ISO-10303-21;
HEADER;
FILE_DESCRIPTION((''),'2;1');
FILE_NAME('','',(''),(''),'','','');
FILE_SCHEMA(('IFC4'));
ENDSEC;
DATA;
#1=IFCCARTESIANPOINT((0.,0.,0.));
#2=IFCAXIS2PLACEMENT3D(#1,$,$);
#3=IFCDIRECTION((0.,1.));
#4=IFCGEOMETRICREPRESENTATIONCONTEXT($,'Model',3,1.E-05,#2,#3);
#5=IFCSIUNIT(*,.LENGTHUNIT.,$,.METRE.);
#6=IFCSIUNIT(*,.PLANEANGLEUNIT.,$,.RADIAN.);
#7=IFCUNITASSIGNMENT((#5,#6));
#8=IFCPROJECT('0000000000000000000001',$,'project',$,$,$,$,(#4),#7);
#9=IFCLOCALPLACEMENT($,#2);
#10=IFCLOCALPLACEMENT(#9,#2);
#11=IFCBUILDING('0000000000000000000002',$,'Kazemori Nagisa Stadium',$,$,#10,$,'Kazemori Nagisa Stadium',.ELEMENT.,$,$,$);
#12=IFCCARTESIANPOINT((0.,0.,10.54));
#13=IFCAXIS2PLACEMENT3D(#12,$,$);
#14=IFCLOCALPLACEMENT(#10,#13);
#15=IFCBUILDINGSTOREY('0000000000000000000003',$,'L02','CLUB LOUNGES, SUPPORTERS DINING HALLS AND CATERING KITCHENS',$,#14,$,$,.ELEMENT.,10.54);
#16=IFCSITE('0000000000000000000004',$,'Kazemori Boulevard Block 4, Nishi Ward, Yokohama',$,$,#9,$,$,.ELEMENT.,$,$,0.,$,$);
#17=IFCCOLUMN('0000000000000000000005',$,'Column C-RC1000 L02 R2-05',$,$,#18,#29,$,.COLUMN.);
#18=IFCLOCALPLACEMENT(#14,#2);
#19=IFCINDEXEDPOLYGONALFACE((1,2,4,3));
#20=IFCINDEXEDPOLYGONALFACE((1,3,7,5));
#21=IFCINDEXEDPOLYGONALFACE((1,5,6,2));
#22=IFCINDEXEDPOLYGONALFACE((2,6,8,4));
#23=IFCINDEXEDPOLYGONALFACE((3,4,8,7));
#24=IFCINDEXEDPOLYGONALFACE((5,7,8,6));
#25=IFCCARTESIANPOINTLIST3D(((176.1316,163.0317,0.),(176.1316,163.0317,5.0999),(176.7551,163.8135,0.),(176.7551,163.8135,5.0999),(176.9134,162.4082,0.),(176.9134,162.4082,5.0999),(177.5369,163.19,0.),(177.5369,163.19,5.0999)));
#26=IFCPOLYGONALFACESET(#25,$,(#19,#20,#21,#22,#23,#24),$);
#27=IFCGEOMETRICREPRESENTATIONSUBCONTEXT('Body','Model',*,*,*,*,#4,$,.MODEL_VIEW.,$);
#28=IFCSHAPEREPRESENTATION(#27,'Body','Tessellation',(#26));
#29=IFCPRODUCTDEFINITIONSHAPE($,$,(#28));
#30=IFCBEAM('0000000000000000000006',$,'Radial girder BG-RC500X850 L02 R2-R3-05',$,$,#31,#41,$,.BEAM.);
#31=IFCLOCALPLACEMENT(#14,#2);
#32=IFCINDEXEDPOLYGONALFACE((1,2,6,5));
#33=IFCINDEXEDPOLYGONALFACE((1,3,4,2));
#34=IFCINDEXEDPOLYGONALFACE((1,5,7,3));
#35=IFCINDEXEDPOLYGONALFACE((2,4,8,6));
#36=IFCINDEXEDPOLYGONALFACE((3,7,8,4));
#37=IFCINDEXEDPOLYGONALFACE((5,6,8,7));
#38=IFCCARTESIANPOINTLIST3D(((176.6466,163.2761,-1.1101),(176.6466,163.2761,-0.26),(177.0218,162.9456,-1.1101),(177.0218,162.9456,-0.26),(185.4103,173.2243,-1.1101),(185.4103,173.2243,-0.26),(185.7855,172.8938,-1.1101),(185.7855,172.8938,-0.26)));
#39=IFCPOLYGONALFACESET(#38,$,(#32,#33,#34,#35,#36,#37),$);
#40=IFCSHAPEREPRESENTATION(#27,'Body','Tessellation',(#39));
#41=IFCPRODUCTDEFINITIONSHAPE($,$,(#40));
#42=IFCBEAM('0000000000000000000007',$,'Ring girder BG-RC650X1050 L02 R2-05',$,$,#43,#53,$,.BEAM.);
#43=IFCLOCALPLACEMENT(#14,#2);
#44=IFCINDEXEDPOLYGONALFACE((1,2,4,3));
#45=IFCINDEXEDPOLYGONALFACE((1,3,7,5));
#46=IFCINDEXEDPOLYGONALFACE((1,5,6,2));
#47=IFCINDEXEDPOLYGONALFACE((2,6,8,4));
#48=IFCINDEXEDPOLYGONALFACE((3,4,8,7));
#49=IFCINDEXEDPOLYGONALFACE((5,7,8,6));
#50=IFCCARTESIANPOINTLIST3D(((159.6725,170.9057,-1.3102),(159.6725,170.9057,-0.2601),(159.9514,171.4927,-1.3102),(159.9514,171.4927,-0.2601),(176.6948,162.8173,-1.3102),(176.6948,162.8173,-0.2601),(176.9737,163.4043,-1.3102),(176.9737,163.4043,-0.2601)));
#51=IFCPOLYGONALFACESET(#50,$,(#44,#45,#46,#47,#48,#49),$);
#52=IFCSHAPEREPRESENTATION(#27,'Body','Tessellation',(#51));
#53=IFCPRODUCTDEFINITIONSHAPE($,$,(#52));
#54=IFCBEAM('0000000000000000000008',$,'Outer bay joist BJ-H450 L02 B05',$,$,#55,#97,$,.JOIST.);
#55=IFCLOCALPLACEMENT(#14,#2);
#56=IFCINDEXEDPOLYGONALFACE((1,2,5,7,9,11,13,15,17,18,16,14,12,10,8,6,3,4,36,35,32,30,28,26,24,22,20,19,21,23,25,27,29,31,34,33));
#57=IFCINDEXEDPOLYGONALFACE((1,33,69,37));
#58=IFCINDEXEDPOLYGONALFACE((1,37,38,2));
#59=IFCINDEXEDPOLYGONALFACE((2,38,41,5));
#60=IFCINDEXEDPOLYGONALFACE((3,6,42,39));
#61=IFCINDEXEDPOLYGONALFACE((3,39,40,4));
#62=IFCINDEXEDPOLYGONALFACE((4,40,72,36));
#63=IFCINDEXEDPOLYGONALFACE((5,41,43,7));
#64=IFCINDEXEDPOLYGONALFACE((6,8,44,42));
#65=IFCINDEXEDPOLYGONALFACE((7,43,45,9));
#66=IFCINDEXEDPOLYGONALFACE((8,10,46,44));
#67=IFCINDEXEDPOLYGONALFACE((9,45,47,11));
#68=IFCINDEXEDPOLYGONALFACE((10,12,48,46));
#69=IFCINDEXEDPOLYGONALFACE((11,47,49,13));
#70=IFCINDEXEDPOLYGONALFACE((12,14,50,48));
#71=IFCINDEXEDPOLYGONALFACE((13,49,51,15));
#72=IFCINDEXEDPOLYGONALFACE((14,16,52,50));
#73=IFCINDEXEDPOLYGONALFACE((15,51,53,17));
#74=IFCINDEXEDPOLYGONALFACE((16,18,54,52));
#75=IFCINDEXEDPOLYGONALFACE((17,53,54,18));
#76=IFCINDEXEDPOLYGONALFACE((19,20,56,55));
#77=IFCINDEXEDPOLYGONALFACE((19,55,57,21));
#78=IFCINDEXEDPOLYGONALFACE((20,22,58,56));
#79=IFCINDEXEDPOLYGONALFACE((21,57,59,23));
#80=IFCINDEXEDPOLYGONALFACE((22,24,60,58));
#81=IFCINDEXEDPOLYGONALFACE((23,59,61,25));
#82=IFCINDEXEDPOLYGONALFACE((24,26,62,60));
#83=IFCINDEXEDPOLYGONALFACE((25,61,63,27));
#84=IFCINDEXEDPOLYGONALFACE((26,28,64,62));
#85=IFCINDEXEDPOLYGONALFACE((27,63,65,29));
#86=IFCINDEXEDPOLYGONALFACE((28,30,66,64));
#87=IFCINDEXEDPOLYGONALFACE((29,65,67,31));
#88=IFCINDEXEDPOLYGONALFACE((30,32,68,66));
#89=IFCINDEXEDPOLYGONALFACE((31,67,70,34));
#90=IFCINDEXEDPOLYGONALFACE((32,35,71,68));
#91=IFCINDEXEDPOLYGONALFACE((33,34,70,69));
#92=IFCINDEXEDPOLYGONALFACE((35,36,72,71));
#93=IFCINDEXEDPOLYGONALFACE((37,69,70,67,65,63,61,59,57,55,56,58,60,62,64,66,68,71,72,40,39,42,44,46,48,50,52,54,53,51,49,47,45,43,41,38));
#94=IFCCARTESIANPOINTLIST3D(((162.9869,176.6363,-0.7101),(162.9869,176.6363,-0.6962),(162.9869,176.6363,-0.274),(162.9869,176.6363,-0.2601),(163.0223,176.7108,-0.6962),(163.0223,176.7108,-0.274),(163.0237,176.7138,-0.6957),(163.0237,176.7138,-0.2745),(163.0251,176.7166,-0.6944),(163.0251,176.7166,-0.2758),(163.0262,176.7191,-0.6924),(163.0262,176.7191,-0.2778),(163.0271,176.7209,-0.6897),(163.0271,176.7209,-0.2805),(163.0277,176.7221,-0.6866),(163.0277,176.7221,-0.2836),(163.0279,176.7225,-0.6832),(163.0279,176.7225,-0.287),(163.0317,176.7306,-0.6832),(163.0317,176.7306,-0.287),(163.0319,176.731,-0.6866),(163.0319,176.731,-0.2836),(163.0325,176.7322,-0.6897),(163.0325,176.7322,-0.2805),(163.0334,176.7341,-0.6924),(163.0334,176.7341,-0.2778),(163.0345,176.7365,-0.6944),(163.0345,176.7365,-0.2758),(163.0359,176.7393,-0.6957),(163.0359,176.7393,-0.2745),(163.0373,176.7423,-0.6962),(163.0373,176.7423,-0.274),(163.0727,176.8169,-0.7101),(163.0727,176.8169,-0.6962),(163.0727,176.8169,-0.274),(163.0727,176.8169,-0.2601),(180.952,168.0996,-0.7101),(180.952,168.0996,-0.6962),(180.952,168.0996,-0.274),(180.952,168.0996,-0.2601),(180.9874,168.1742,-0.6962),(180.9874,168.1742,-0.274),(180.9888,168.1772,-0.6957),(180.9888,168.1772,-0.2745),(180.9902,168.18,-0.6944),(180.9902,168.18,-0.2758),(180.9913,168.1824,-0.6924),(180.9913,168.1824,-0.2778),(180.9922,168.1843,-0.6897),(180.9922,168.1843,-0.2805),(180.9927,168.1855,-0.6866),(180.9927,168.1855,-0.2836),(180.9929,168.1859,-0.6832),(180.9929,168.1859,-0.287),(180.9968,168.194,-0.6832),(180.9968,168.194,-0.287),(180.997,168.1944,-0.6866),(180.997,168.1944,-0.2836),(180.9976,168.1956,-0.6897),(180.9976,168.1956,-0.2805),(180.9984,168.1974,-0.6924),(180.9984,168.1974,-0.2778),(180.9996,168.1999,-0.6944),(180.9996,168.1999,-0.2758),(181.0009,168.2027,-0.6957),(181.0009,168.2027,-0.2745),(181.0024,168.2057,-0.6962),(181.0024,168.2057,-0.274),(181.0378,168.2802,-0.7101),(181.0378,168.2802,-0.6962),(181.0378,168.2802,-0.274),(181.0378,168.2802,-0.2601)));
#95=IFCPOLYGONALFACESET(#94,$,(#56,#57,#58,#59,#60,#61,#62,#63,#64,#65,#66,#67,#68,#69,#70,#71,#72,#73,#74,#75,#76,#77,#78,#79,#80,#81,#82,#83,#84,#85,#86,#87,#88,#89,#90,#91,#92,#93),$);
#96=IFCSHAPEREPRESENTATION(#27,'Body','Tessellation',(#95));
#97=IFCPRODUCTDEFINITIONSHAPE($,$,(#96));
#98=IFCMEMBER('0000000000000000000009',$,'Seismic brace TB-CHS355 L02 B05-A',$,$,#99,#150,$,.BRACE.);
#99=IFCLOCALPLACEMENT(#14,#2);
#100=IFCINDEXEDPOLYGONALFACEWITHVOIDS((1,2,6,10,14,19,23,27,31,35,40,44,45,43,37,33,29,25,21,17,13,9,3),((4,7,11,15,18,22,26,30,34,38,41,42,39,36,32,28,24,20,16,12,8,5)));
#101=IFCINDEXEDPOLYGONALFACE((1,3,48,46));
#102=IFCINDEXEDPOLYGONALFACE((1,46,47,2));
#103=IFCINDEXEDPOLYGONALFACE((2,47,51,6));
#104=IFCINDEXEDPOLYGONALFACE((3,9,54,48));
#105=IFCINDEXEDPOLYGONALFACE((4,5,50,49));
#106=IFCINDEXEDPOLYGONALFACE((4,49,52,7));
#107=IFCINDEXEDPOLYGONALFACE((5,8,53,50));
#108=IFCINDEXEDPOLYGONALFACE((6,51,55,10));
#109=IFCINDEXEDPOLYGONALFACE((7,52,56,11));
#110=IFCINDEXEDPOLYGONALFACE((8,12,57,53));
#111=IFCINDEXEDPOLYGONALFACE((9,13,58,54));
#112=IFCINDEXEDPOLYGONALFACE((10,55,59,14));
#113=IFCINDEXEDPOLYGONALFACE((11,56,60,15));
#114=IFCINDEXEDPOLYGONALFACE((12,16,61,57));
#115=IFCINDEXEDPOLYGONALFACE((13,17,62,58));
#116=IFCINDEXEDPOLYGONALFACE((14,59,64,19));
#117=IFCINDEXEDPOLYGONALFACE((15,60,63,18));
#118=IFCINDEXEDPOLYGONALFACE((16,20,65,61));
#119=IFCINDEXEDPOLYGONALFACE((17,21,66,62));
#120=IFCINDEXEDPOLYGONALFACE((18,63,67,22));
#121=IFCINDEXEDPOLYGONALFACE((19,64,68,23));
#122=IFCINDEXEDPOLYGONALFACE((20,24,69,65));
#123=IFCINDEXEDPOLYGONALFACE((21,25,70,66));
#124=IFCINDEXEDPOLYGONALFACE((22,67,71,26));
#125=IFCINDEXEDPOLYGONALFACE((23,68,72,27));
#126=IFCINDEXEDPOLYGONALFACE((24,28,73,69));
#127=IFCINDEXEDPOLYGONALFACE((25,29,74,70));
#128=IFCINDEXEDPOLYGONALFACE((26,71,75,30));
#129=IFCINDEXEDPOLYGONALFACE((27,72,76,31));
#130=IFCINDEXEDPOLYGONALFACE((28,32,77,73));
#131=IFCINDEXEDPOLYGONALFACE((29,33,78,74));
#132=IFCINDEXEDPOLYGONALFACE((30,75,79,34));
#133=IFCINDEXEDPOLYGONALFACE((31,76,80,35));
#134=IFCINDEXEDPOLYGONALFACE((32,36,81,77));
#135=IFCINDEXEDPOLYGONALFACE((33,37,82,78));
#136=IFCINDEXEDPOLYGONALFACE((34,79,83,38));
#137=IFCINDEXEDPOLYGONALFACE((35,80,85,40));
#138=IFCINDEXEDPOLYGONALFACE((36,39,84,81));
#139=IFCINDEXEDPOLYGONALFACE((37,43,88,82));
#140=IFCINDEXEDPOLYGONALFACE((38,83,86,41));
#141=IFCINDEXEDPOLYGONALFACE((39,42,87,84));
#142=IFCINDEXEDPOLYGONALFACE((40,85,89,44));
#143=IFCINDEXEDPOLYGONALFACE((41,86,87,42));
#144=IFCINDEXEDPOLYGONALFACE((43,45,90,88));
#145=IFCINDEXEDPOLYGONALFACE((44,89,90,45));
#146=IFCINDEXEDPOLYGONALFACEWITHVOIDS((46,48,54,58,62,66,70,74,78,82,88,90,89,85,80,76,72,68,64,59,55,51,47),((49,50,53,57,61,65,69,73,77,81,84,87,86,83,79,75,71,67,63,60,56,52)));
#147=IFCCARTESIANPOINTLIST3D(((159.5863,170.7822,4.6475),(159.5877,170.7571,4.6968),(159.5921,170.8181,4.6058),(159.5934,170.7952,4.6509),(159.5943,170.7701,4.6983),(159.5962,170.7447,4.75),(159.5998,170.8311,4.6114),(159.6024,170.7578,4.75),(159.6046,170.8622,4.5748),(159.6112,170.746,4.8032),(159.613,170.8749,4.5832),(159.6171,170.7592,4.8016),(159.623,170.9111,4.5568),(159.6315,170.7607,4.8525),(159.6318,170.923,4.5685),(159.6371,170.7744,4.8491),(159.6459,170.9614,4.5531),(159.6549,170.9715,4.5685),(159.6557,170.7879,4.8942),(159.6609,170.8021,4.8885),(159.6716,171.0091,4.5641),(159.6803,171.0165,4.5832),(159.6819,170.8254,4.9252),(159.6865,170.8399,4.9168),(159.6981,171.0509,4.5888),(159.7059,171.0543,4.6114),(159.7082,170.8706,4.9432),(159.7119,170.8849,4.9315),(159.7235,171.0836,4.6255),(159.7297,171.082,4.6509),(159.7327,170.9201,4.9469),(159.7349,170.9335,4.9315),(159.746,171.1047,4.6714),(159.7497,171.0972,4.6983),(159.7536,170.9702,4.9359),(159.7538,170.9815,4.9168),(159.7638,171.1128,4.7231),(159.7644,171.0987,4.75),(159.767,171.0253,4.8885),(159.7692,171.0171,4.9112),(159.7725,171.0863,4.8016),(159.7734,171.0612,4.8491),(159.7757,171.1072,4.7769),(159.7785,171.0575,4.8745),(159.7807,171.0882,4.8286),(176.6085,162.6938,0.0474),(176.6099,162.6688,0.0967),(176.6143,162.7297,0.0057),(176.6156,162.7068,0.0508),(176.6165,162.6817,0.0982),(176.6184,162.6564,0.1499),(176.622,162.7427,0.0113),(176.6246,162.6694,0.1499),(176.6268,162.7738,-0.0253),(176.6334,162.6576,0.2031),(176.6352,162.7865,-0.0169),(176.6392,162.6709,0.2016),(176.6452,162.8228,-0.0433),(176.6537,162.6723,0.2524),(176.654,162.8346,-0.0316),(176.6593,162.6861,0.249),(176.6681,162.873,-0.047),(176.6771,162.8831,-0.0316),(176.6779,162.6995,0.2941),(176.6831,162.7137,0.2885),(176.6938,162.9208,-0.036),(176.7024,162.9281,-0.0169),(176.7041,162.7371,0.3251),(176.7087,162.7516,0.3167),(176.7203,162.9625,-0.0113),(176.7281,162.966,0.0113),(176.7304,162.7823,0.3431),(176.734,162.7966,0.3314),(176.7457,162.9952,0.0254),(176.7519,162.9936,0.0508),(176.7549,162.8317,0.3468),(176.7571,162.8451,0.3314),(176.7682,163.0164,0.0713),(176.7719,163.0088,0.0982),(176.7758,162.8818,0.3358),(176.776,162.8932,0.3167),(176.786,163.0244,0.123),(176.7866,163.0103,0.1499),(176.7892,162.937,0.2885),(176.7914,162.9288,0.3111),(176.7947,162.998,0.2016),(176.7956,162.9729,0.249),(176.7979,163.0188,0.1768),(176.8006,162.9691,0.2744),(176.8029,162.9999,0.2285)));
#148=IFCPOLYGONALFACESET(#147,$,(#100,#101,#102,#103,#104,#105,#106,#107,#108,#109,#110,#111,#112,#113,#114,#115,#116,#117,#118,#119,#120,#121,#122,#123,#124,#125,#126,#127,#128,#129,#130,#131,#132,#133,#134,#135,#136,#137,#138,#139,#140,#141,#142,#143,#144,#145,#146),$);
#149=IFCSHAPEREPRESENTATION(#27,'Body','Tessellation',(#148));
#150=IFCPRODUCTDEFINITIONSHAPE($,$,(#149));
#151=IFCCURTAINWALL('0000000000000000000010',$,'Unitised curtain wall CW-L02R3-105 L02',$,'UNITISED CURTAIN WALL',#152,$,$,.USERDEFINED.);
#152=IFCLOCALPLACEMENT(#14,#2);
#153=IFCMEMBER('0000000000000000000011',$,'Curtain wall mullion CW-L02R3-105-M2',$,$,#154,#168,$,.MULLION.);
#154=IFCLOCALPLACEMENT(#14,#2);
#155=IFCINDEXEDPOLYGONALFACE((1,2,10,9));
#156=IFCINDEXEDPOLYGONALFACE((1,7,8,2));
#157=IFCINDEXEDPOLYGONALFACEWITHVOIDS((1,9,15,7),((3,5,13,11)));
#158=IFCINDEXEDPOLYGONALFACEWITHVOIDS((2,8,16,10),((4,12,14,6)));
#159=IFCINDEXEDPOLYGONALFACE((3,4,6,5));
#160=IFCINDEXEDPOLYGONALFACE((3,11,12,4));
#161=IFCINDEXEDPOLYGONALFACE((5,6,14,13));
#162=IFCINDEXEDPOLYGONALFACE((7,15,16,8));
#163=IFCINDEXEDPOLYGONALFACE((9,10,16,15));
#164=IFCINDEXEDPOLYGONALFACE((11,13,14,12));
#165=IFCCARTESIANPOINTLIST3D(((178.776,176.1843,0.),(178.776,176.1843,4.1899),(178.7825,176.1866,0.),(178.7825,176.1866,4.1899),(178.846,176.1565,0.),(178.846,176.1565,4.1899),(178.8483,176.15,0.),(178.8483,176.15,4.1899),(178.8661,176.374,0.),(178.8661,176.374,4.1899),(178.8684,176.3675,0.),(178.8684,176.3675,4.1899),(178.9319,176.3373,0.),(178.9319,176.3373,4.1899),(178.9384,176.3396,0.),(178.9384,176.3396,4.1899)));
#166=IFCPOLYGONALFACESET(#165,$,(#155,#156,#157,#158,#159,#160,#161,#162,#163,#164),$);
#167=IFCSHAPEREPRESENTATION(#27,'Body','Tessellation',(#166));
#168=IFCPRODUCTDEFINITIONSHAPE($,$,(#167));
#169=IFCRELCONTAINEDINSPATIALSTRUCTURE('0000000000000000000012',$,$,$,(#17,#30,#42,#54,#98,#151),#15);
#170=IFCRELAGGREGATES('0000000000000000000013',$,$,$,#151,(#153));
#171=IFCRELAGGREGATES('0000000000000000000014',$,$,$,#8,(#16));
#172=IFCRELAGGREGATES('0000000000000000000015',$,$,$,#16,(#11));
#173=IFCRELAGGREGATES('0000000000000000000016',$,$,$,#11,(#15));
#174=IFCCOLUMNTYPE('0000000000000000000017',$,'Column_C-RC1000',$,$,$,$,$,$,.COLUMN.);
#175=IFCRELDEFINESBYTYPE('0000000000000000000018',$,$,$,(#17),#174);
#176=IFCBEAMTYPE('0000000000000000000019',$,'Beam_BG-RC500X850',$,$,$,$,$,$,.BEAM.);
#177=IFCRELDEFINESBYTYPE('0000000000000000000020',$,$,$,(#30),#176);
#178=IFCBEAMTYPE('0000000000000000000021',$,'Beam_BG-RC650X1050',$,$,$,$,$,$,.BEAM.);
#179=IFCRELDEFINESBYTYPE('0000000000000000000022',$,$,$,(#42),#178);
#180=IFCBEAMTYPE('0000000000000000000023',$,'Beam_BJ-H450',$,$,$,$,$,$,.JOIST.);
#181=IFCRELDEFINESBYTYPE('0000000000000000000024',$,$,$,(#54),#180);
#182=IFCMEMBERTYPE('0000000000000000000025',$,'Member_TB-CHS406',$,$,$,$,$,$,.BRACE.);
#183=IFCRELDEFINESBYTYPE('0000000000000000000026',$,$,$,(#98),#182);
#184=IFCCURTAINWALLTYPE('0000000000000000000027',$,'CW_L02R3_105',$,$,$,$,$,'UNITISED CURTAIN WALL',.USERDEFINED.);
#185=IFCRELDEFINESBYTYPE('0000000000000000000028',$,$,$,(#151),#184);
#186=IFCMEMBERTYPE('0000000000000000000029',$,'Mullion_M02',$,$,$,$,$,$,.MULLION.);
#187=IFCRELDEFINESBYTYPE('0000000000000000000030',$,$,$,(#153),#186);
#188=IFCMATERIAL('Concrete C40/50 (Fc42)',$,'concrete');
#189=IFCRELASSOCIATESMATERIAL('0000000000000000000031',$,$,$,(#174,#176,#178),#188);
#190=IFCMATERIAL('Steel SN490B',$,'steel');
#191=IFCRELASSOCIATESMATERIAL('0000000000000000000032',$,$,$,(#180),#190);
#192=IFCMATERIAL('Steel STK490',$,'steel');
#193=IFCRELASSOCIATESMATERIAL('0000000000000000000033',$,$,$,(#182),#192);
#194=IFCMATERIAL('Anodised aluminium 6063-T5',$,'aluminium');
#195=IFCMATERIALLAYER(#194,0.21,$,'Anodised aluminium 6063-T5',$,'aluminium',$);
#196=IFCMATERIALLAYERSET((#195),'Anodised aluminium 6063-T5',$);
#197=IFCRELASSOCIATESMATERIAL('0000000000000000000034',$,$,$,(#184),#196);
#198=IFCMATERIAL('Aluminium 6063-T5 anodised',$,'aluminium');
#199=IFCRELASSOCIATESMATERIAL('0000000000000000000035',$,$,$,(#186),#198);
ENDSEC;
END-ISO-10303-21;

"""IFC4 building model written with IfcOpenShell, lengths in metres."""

from ifc_helpers import new_model, si_unit, direction, frame, origin, origin_2d, place, context, subcontext, project, spatial, rectangle, hollow_rectangle, hollow_circle, i_section, extrude, material, layer, layer_set, material_profile, profile_set, type_object, element, aggregate, save


model = new_model("IFC4")

# Units and contexts
model_context = context("Model", 3, precision=1e-05, world=origin(), true_north=direction((0.0, 1.0)))
body_context = subcontext(model_context, "Body", "Model", "MODEL_VIEW")
ifc_project = project(units=[si_unit("LENGTHUNIT", "METRE"), si_unit("PLANEANGLEUNIT", "RADIAN")], contexts=[model_context])

# Site, building, storey
site_placement = place(None, origin())
site = spatial("IfcSite", under=ifc_project, at=site_placement, Name="Kazemori Boulevard Block 4, Nishi Ward, Yokohama", CompositionType="ELEMENT", RefElevation=0.0)
building_placement = place(site_placement, origin())
building = spatial("IfcBuilding", under=site, at=building_placement, Name="Kazemori Nagisa Stadium", LongName="Kazemori Nagisa Stadium", CompositionType="ELEMENT")
storey_placement = place(building_placement, frame((0.0, 0.0, 10.54)))
storey = spatial("IfcBuildingStorey", under=building, at=storey_placement, Name="L02", Description="CLUB LOUNGES, SUPPORTERS DINING HALLS AND CATERING KITCHENS", CompositionType="ELEMENT", Elevation=10.54)

# Column
ifc_material_1 = material(Name="Concrete C40/50 (Fc42)", Category="concrete")
ifc_material_profile_1 = material_profile(ifc_material_1, rectangle(XDim=1.0, YDim=1.0, at=origin_2d()), Name="RC-COL-1000x1000")
ifc_profile_set_1 = profile_set([ifc_material_profile_1], Name="Concrete C40/50 (Fc42)")
column_type = type_object("IfcColumnType", Name="Column_C-RC1000", PredefinedType="COLUMN", material=ifc_profile_set_1)
column_placement = place(storey_placement, frame((176.8342, 163.1108, 0.0), z_axis=(0.0, 0.0, 1.0), x_axis=(0.62349, 0.781831, 0.0)))
element("IfcColumn", 1, at=column_placement, inside=storey, type_object=column_type, Name="Column C-RC1000 L02 R2-05", PredefinedType="COLUMN", context=body_context, shape_type="SweptSolid", body=[
    extrude(rectangle(XDim=1.0, YDim=1.0, at=origin_2d()), origin(), (0.0, 0.0, 1.0), 5.0999),
])

# Beams
ifc_material_profile_2 = material_profile(ifc_material_1, rectangle(XDim=0.5, YDim=0.8501, at=origin_2d()), Name="RC-BM-500x850")
ifc_profile_set_2 = profile_set([ifc_material_profile_2], Name="Concrete C40/50 (Fc42)")
beam_type_1 = type_object("IfcBeamType", Name="Beam_BG-RC500X850", PredefinedType="BEAM", material=ifc_profile_set_2)
beam_1_placement = place(storey_placement, frame((176.8342, 163.1108, -0.6851), z_axis=(0.66102, 0.750369, 0.0), x_axis=(-0.750369, 0.66102, 0.0)))
element("IfcBeam", 2, at=beam_1_placement, inside=storey, type_object=beam_type_1, Name="Radial girder BG-RC500X850 L02 R2-R3-05", PredefinedType="BEAM", context=body_context, shape_type="SweptSolid", body=[
    extrude(rectangle(XDim=0.5, YDim=0.8501, at=origin_2d()), origin(), (0.0, 0.0, 1.0), 13.2578),
])
ifc_material_profile_3 = material_profile(ifc_material_1, rectangle(XDim=0.6499, YDim=1.05, at=origin_2d()), Name="RC-BM-650x1050")
ifc_profile_set_3 = profile_set([ifc_material_profile_3], Name="Concrete C40/50 (Fc42)")
beam_type_2 = type_object("IfcBeamType", Name="Beam_BG-RC650X1050", PredefinedType="BEAM", material=ifc_profile_set_3)
beam_2_placement = place(storey_placement, frame((176.8342, 163.1108, -0.7852), z_axis=(-0.903219, 0.429179, 0.0), x_axis=(-0.429179, -0.903219, 0.0)))
element("IfcBeam", 3, at=beam_2_placement, inside=storey, type_object=beam_type_2, Name="Ring girder BG-RC650X1050 L02 R2-05", PredefinedType="BEAM", context=body_context, shape_type="SweptSolid", body=[
    extrude(rectangle(XDim=0.6499, YDim=1.05, at=origin_2d()), origin(), (0.0, 0.0, 1.0), 18.8462),
])
ifc_material_2 = material(Name="Steel SN490B", Category="steel")
ifc_material_profile_4 = material_profile(ifc_material_2, i_section(OverallWidth=0.2, OverallDepth=0.45, WebThickness=0.009, FlangeThickness=0.0139, FilletRadius=0.0129, at=origin_2d()), Name="H-450x200x9x14")
ifc_profile_set_4 = profile_set([ifc_material_profile_4], Name="Steel SN490B")
beam_type_3 = type_object("IfcBeamType", Name="Beam_BJ-H450", PredefinedType="JOIST", material=ifc_profile_set_4)
beam_3_placement = place(storey_placement, frame((180.9949, 168.1899, -0.4851), z_axis=(-0.903215, 0.429188, 0.0), x_axis=(-0.429188, -0.903215, 0.0)))
element("IfcBeam", 4, at=beam_3_placement, inside=storey, type_object=beam_type_3, Name="Outer bay joist BJ-H450 L02 B05", PredefinedType="JOIST", context=body_context, shape_type="SweptSolid", body=[
    extrude(i_section(OverallWidth=0.2, OverallDepth=0.45, WebThickness=0.009, FlangeThickness=0.0139, FilletRadius=0.0129, at=origin_2d()), origin(), (0.0, 0.0, 1.0), 19.8901),
])

# Member
ifc_material_3 = material(Name="Steel STK490", Category="steel")
ifc_material_profile_5 = material_profile(ifc_material_3, hollow_circle(Radius=0.2031, WallThickness=0.0144, at=origin_2d()), Name="CHS-406.4x14.3")
ifc_profile_set_5 = profile_set([ifc_material_profile_5], Name="Steel STK490")
member_type_1 = type_object("IfcMemberType", Name="Member_TB-CHS406", PredefinedType="BRACE", material=ifc_profile_set_5)
member_1_placement = place(storey_placement, frame((176.7056, 162.8398, 0.1499), z_axis=(-0.877459, 0.416939, 0.237125), x_axis=(-0.429179, -0.903219, 0.0)))
element("IfcMember", 5, at=member_1_placement, inside=storey, type_object=member_type_1, Name="Seismic brace TB-CHS355 L02 B05-A", PredefinedType="BRACE", context=body_context, shape_type="SweptSolid", body=[
    extrude(hollow_circle(Radius=0.2031, WallThickness=0.0144, at=origin_2d()), origin(), (0.0, 0.0, 1.0), 19.3994),
])

# Curtain wall, member
ifc_material_4 = material(Name="Anodised aluminium 6063-T5", Category="aluminium")
ifc_layer_1 = layer(ifc_material_4, 0.21, Name="Anodised aluminium 6063-T5", Category="aluminium")
ifc_layer_set_1 = layer_set([ifc_layer_1], Name="Anodised aluminium 6063-T5")
curtain_wall_type = type_object("IfcCurtainWallType", Name="CW_L02R3_105", ElementType="UNITISED CURTAIN WALL", PredefinedType="USERDEFINED", material=ifc_layer_set_1)
curtain_wall_placement = place(storey_placement, origin())
curtain_wall = element("IfcCurtainWall", 6, at=curtain_wall_placement, inside=storey, type_object=curtain_wall_type, Name="Unitised curtain wall CW-L02R3-105 L02", ObjectType="UNITISED CURTAIN WALL", PredefinedType="USERDEFINED")
ifc_material_5 = material(Name="Aluminium 6063-T5 anodised", Category="aluminium")
ifc_material_profile_6 = material_profile(ifc_material_5, hollow_rectangle(XDim=0.0801, YDim=0.21, WallThickness=0.0049, at=origin_2d()), Name="ALU-MULL-80x210x5")
ifc_profile_set_6 = profile_set([ifc_material_profile_6], Name="Aluminium 6063-T5 anodised")
member_type_2 = type_object("IfcMemberType", Name="Mullion_M02", PredefinedType="MULLION", material=ifc_profile_set_6)
member_2_placement = place(storey_placement, frame((178.8572, 176.262, 0.0), z_axis=(0.0, 0.0, 1.0), x_axis=(-0.903216, 0.429186, 0.0)))
member_2 = element("IfcMember", 7, at=member_2_placement, type_object=member_type_2, Name="Curtain wall mullion CW-L02R3-105-M2", PredefinedType="MULLION", context=body_context, shape_type="SweptSolid", body=[
    extrude(hollow_rectangle(XDim=0.0801, YDim=0.21, WallThickness=0.0049, at=origin_2d()), origin(), (0.0, 0.0, 1.0), 4.1899),
])
aggregate(curtain_wall, [member_2])

save(model, "model.ifc")
